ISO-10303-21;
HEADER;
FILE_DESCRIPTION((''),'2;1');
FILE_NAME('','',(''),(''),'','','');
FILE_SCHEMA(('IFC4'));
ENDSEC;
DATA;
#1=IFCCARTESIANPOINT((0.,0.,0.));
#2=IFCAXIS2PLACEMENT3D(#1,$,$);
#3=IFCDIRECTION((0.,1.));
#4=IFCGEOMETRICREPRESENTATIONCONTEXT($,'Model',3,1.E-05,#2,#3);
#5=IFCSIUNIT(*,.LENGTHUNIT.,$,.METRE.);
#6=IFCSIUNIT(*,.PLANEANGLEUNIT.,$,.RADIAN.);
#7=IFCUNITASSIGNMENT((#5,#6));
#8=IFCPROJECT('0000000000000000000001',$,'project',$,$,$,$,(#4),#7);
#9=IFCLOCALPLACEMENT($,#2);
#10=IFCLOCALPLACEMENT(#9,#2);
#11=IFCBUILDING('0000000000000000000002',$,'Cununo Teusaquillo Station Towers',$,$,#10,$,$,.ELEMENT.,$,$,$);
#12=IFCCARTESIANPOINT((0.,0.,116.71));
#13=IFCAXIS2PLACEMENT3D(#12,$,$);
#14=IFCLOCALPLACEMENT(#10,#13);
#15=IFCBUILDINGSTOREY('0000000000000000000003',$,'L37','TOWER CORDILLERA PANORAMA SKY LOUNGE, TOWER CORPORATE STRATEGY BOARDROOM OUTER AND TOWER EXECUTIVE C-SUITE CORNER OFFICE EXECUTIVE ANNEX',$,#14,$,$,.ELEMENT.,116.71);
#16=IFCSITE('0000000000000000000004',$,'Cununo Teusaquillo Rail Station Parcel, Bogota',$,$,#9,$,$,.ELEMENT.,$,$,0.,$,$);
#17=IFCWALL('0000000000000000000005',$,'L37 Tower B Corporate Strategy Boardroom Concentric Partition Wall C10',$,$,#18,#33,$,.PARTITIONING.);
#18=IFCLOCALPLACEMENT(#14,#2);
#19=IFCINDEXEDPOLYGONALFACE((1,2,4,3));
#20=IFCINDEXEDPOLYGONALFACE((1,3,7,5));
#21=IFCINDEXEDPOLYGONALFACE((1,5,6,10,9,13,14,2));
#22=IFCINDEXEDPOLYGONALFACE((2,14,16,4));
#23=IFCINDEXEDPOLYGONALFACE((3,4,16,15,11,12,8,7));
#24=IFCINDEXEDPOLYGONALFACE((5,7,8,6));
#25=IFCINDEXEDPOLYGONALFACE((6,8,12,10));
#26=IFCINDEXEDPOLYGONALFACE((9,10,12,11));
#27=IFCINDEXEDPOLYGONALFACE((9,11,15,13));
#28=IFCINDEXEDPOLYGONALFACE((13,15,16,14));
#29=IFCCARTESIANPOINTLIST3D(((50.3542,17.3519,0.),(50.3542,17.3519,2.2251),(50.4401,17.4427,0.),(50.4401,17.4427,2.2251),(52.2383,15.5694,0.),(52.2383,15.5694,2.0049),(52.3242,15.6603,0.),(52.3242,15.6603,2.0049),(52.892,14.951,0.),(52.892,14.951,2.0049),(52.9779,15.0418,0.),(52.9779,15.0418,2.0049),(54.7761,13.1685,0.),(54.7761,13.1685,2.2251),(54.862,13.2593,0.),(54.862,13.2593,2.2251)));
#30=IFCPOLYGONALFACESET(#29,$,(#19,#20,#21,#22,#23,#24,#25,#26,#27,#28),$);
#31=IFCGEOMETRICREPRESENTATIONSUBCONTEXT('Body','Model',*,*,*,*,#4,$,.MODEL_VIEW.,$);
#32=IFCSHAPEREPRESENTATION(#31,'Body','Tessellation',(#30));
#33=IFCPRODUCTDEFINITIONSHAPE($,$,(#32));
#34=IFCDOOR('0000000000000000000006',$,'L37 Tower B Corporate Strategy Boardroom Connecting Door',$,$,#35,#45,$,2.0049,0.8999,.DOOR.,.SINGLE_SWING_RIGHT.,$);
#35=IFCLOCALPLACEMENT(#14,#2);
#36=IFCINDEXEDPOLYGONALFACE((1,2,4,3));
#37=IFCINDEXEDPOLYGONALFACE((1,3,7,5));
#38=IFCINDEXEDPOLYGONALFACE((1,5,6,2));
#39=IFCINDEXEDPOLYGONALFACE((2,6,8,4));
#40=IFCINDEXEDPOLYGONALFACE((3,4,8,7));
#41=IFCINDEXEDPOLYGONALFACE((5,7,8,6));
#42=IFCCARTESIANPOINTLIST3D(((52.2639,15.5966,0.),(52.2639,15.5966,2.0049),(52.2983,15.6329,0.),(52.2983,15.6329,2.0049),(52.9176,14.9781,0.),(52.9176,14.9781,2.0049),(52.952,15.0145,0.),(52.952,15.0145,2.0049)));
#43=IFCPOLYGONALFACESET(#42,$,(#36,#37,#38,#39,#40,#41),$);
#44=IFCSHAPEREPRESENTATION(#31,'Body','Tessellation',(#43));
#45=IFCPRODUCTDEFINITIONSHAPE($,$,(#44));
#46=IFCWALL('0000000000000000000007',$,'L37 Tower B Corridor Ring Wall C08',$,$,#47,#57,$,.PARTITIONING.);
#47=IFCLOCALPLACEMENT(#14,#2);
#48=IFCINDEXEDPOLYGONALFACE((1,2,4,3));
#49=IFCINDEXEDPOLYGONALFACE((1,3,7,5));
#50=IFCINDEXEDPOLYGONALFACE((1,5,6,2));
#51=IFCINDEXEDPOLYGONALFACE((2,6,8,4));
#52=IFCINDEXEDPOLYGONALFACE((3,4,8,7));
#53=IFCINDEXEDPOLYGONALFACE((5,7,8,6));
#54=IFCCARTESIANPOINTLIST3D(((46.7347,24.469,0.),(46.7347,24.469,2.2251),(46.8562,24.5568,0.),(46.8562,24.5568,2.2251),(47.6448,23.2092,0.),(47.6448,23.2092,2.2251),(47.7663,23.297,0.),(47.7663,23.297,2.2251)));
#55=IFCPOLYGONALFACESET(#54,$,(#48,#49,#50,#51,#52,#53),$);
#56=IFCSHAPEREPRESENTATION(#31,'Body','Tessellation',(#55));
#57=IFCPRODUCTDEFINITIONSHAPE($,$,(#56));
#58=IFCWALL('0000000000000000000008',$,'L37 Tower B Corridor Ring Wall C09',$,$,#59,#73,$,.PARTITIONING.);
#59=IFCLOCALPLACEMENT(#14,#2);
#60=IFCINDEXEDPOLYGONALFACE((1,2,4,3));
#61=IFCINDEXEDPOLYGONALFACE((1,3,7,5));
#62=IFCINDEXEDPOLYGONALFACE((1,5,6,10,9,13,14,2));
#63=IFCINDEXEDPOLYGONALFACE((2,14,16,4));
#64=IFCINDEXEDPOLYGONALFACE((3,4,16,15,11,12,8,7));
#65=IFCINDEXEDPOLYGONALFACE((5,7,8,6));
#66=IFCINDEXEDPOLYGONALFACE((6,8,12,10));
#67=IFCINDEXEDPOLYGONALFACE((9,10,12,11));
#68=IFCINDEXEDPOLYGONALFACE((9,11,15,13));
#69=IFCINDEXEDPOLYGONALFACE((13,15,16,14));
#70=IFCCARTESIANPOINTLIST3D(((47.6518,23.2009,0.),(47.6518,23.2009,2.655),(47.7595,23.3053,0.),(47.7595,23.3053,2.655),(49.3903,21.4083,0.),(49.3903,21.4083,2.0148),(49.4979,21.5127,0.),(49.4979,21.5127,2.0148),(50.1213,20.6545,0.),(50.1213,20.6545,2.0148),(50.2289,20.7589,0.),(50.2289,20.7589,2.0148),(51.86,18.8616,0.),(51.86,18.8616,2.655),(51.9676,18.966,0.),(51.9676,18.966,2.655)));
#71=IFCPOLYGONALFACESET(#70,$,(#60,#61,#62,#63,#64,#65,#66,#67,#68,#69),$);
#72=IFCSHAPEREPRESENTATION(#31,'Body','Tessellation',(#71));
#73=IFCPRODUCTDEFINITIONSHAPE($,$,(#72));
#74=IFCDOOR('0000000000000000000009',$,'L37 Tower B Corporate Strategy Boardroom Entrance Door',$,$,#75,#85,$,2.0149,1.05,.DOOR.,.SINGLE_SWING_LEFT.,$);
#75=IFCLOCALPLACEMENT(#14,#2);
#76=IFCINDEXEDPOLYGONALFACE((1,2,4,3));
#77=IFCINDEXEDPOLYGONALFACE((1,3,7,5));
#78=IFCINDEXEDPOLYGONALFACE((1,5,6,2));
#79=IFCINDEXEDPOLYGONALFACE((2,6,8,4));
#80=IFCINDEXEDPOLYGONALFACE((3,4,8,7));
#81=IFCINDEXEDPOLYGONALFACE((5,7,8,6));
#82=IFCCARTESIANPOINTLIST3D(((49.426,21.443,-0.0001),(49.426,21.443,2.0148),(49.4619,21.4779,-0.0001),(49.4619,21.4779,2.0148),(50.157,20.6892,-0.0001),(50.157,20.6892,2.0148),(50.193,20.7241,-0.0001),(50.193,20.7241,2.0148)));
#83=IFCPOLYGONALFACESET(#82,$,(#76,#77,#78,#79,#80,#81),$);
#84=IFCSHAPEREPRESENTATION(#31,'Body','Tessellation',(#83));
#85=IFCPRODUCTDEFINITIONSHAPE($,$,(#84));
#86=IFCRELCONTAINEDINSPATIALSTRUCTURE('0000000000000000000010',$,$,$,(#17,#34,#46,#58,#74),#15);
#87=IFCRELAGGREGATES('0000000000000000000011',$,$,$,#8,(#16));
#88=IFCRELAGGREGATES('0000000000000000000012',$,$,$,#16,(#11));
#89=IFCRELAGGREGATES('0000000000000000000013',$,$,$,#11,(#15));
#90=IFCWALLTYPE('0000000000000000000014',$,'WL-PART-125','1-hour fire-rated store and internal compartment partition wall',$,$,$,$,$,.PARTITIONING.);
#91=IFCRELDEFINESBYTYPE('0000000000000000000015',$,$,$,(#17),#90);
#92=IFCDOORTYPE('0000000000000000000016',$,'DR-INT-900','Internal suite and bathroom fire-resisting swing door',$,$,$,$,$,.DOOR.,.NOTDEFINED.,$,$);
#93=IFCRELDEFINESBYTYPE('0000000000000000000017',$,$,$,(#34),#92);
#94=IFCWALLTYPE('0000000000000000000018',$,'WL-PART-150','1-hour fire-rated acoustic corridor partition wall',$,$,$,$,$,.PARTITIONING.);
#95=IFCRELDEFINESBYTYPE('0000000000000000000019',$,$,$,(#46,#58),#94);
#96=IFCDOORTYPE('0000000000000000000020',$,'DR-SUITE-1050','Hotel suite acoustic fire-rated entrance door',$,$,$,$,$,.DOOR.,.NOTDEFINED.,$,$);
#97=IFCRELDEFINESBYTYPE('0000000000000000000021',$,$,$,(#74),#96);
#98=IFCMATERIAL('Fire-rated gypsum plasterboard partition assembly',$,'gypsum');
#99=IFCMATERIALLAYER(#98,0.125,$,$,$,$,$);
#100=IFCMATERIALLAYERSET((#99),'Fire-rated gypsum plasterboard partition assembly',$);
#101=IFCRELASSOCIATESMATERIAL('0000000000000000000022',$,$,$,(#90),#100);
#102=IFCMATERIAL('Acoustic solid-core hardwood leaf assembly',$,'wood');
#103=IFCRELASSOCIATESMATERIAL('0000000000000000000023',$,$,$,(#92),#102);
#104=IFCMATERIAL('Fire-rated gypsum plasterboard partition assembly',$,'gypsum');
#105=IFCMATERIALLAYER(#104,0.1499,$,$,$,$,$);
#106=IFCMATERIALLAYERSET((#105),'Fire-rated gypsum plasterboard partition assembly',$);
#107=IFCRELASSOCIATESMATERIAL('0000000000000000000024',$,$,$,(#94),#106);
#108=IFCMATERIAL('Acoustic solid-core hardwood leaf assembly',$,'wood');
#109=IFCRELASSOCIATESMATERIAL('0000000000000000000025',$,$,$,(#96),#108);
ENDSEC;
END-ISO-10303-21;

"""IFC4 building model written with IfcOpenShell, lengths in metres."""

from ifc_helpers import new_model, si_unit, direction, frame, frame_2d, origin, place, context, subcontext, project, spatial, rectangle, extrude, source, transform, mapped, material, layer, layer_set, type_object, element, fill, save


model = new_model("IFC4")

# Units and contexts
model_context = context("Model", 3, precision=1e-05, world=origin(), true_north=direction((0.0, 1.0)))
body_context = subcontext(model_context, "Body", "Model", "MODEL_VIEW")
ifc_project = project(units=[si_unit("LENGTHUNIT", "METRE"), si_unit("PLANEANGLEUNIT", "RADIAN")], contexts=[model_context])

# Site, building, storey
site_placement = place(None, origin())
site = spatial("IfcSite", under=ifc_project, at=site_placement, Name="Cununo Teusaquillo Rail Station Parcel, Bogota", CompositionType="ELEMENT", RefElevation=0.0)
building_placement = place(site_placement, origin())
building = spatial("IfcBuilding", under=site, at=building_placement, Name="Cununo Teusaquillo Station Towers", CompositionType="ELEMENT")
storey_placement = place(building_placement, frame((0.0, 0.0, 116.71)))
storey = spatial("IfcBuildingStorey", under=building, at=storey_placement, Name="L37", Description="TOWER CORDILLERA PANORAMA SKY LOUNGE, TOWER CORPORATE STRATEGY BOARDROOM OUTER AND TOWER EXECUTIVE C-SUITE CORNER OFFICE EXECUTIVE ANNEX", CompositionType="ELEMENT", Elevation=116.71)

# Shared definitions
ifc_material_1 = material(Name="Fire-rated gypsum plasterboard partition assembly", Category="gypsum")
ifc_layer_1 = layer(ifc_material_1, 0.125)
ifc_layer_set_1 = layer_set([ifc_layer_1], Name="Fire-rated gypsum plasterboard partition assembly")
wall_type_1 = type_object("IfcWallType", Name="WL-PART-125", Description="1-hour fire-rated store and internal compartment partition wall", PredefinedType="PARTITIONING", material=ifc_layer_set_1)

# Wall, opening, door
wall_1_placement = place(storey_placement, frame((50.3972, 17.3972, 0.0), z_axis=(0.0, 0.0, 1.0), x_axis=(0.726428, -0.687243, 0.0)))
wall_1 = element("IfcWall", 1, at=wall_1_placement, inside=storey, type_object=wall_type_1, Name="L37 Tower B Corporate Strategy Boardroom Concentric Partition Wall C10", PredefinedType="PARTITIONING", context=body_context, shape_type="SweptSolid", body=[
    extrude(rectangle(XDim=6.0872, YDim=0.125, at=frame_2d((3.0435, 0.0))), origin(), (0.0, 0.0, 1.0), 2.2251),
])
shared_shape_1 = source(origin(), body_context, "Body", "SweptSolid", [
    extrude(rectangle(XDim=0.8999, YDim=2.0049, at=frame_2d((0.45, 1.0024))), frame((0.0, 0.0725, 0.0), z_axis=(0.0, -1.0, 0.0), x_axis=(1.0, 0.0, 0.0)), (0.0, 0.0, 1.0), 0.145),
])
opening_1_placement = place(wall_1_placement, frame((2.5935, 0.0, 0.0)))
opening_1 = element("IfcOpeningElement", 2, at=opening_1_placement, cuts=wall_1, PredefinedType="OPENING", context=body_context, shape_type="MappedRepresentation", body=[
    mapped(shared_shape_1, transform((0.0, 0.0, 0.0), x_axis=(1.0, 0.0, 0.0), y_axis=(0.0, 1.0, 0.0), z_axis=(0.0, 0.0, 1.0), scale=1.0)),
])
ifc_material_2 = material(Name="Acoustic solid-core hardwood leaf assembly", Category="wood")
door_type_1 = type_object("IfcDoorType", Name="DR-INT-900", Description="Internal suite and bathroom fire-resisting swing door", OperationType="NOTDEFINED", PredefinedType="DOOR", material=ifc_material_2)
shared_shape_2 = source(origin(), body_context, "Body", "SweptSolid", [
    extrude(rectangle(XDim=0.8999, YDim=2.0049, at=frame_2d((0.45, 1.0024))), frame((0.0, 0.0249, 0.0), z_axis=(0.0, -1.0, 0.0), x_axis=(1.0, 0.0, 0.0)), (0.0, 0.0, 1.0), 0.05),
])
door_1_placement = place(opening_1_placement, origin())
door_1 = element("IfcDoor", 3, at=door_1_placement, inside=storey, type_object=door_type_1, Name="L37 Tower B Corporate Strategy Boardroom Connecting Door", OperationType="SINGLE_SWING_RIGHT", OverallHeight=2.0049, OverallWidth=0.8999, PredefinedType="DOOR", context=body_context, shape_type="MappedRepresentation", body=[
    mapped(shared_shape_2, transform((0.0, 0.0, 0.0), x_axis=(1.0, 0.0, 0.0), y_axis=(0.0, 1.0, 0.0), z_axis=(0.0, 0.0, 1.0), scale=1.0)),
])
fill(opening_1, door_1)

# Wall
ifc_material_3 = material(Name="Fire-rated gypsum plasterboard partition assembly", Category="gypsum")
ifc_layer_2 = layer(ifc_material_3, 0.1499)
ifc_layer_set_2 = layer_set([ifc_layer_2], Name="Fire-rated gypsum plasterboard partition assembly")
wall_type_2 = type_object("IfcWallType", Name="WL-PART-150", Description="1-hour fire-rated acoustic corridor partition wall", PredefinedType="PARTITIONING", material=ifc_layer_set_2)
wall_2_placement = place(storey_placement, frame((46.7954, 24.5129, 0.0), z_axis=(0.0, 0.0, 1.0), x_axis=(0.585628, -0.81058, 0.0)))
element("IfcWall", 4, at=wall_2_placement, inside=storey, type_object=wall_type_2, Name="L37 Tower B Corridor Ring Wall C08", PredefinedType="PARTITIONING", context=body_context, shape_type="SweptSolid", body=[
    extrude(rectangle(XDim=1.5542, YDim=0.1499, at=frame_2d((0.7771, 0.0))), origin(), (0.0, 0.0, 1.0), 2.2251),
])

# Wall, opening, door
wall_3_placement = place(storey_placement, frame((47.7056, 23.2532, 0.0), z_axis=(0.0, 0.0, 1.0), x_axis=(0.696179, -0.717868, 0.0)))
wall_3 = element("IfcWall", 5, at=wall_3_placement, inside=storey, type_object=wall_type_2, Name="L37 Tower B Corridor Ring Wall C09", PredefinedType="PARTITIONING", context=body_context, shape_type="SweptSolid", body=[
    extrude(rectangle(XDim=6.0447, YDim=0.1499, at=frame_2d((3.0225, 0.0))), origin(), (0.0, 0.0, 1.0), 2.655),
])
shared_shape_3 = source(origin(), body_context, "Body", "SweptSolid", [
    extrude(rectangle(XDim=1.05, YDim=2.0149, at=frame_2d((0.5249, 1.0073))), frame((0.0, 0.085, 0.0), z_axis=(0.0, -1.0, 0.0), x_axis=(1.0, 0.0, 0.0)), (0.0, 0.0, 1.0), 0.1699),
])
opening_2_placement = place(wall_3_placement, frame((2.4973, 0.0, 0.0)))
opening_2 = element("IfcOpeningElement", 6, at=opening_2_placement, cuts=wall_3, PredefinedType="OPENING", context=body_context, shape_type="MappedRepresentation", body=[
    mapped(shared_shape_3, transform((0.0, 0.0, 0.0), x_axis=(1.0, 0.0, 0.0), y_axis=(0.0, 1.0, 0.0), z_axis=(0.0, 0.0, 1.0), scale=1.0)),
])
ifc_material_4 = material(Name="Acoustic solid-core hardwood leaf assembly", Category="wood")
door_type_2 = type_object("IfcDoorType", Name="DR-SUITE-1050", Description="Hotel suite acoustic fire-rated entrance door", OperationType="NOTDEFINED", PredefinedType="DOOR", material=ifc_material_4)
shared_shape_4 = source(origin(), body_context, "Body", "SweptSolid", [
    extrude(rectangle(XDim=1.05, YDim=2.0149, at=frame_2d((0.5249, 1.0073))), frame((0.0, 0.0249, 0.0), z_axis=(0.0, -1.0, 0.0), x_axis=(1.0, 0.0, 0.0)), (0.0, 0.0, 1.0), 0.05),
])
door_2_placement = place(opening_2_placement, origin())
door_2 = element("IfcDoor", 7, at=door_2_placement, inside=storey, type_object=door_type_2, Name="L37 Tower B Corporate Strategy Boardroom Entrance Door", OperationType="SINGLE_SWING_LEFT", OverallHeight=2.0149, OverallWidth=1.05, PredefinedType="DOOR", context=body_context, shape_type="MappedRepresentation", body=[
    mapped(shared_shape_4, transform((0.0, 0.0, 0.0), x_axis=(1.0, 0.0, 0.0), y_axis=(0.0, 1.0, 0.0), z_axis=(0.0, 0.0, 1.0), scale=1.0)),
])
fill(opening_2, door_2)

save(model, "model.ifc")
